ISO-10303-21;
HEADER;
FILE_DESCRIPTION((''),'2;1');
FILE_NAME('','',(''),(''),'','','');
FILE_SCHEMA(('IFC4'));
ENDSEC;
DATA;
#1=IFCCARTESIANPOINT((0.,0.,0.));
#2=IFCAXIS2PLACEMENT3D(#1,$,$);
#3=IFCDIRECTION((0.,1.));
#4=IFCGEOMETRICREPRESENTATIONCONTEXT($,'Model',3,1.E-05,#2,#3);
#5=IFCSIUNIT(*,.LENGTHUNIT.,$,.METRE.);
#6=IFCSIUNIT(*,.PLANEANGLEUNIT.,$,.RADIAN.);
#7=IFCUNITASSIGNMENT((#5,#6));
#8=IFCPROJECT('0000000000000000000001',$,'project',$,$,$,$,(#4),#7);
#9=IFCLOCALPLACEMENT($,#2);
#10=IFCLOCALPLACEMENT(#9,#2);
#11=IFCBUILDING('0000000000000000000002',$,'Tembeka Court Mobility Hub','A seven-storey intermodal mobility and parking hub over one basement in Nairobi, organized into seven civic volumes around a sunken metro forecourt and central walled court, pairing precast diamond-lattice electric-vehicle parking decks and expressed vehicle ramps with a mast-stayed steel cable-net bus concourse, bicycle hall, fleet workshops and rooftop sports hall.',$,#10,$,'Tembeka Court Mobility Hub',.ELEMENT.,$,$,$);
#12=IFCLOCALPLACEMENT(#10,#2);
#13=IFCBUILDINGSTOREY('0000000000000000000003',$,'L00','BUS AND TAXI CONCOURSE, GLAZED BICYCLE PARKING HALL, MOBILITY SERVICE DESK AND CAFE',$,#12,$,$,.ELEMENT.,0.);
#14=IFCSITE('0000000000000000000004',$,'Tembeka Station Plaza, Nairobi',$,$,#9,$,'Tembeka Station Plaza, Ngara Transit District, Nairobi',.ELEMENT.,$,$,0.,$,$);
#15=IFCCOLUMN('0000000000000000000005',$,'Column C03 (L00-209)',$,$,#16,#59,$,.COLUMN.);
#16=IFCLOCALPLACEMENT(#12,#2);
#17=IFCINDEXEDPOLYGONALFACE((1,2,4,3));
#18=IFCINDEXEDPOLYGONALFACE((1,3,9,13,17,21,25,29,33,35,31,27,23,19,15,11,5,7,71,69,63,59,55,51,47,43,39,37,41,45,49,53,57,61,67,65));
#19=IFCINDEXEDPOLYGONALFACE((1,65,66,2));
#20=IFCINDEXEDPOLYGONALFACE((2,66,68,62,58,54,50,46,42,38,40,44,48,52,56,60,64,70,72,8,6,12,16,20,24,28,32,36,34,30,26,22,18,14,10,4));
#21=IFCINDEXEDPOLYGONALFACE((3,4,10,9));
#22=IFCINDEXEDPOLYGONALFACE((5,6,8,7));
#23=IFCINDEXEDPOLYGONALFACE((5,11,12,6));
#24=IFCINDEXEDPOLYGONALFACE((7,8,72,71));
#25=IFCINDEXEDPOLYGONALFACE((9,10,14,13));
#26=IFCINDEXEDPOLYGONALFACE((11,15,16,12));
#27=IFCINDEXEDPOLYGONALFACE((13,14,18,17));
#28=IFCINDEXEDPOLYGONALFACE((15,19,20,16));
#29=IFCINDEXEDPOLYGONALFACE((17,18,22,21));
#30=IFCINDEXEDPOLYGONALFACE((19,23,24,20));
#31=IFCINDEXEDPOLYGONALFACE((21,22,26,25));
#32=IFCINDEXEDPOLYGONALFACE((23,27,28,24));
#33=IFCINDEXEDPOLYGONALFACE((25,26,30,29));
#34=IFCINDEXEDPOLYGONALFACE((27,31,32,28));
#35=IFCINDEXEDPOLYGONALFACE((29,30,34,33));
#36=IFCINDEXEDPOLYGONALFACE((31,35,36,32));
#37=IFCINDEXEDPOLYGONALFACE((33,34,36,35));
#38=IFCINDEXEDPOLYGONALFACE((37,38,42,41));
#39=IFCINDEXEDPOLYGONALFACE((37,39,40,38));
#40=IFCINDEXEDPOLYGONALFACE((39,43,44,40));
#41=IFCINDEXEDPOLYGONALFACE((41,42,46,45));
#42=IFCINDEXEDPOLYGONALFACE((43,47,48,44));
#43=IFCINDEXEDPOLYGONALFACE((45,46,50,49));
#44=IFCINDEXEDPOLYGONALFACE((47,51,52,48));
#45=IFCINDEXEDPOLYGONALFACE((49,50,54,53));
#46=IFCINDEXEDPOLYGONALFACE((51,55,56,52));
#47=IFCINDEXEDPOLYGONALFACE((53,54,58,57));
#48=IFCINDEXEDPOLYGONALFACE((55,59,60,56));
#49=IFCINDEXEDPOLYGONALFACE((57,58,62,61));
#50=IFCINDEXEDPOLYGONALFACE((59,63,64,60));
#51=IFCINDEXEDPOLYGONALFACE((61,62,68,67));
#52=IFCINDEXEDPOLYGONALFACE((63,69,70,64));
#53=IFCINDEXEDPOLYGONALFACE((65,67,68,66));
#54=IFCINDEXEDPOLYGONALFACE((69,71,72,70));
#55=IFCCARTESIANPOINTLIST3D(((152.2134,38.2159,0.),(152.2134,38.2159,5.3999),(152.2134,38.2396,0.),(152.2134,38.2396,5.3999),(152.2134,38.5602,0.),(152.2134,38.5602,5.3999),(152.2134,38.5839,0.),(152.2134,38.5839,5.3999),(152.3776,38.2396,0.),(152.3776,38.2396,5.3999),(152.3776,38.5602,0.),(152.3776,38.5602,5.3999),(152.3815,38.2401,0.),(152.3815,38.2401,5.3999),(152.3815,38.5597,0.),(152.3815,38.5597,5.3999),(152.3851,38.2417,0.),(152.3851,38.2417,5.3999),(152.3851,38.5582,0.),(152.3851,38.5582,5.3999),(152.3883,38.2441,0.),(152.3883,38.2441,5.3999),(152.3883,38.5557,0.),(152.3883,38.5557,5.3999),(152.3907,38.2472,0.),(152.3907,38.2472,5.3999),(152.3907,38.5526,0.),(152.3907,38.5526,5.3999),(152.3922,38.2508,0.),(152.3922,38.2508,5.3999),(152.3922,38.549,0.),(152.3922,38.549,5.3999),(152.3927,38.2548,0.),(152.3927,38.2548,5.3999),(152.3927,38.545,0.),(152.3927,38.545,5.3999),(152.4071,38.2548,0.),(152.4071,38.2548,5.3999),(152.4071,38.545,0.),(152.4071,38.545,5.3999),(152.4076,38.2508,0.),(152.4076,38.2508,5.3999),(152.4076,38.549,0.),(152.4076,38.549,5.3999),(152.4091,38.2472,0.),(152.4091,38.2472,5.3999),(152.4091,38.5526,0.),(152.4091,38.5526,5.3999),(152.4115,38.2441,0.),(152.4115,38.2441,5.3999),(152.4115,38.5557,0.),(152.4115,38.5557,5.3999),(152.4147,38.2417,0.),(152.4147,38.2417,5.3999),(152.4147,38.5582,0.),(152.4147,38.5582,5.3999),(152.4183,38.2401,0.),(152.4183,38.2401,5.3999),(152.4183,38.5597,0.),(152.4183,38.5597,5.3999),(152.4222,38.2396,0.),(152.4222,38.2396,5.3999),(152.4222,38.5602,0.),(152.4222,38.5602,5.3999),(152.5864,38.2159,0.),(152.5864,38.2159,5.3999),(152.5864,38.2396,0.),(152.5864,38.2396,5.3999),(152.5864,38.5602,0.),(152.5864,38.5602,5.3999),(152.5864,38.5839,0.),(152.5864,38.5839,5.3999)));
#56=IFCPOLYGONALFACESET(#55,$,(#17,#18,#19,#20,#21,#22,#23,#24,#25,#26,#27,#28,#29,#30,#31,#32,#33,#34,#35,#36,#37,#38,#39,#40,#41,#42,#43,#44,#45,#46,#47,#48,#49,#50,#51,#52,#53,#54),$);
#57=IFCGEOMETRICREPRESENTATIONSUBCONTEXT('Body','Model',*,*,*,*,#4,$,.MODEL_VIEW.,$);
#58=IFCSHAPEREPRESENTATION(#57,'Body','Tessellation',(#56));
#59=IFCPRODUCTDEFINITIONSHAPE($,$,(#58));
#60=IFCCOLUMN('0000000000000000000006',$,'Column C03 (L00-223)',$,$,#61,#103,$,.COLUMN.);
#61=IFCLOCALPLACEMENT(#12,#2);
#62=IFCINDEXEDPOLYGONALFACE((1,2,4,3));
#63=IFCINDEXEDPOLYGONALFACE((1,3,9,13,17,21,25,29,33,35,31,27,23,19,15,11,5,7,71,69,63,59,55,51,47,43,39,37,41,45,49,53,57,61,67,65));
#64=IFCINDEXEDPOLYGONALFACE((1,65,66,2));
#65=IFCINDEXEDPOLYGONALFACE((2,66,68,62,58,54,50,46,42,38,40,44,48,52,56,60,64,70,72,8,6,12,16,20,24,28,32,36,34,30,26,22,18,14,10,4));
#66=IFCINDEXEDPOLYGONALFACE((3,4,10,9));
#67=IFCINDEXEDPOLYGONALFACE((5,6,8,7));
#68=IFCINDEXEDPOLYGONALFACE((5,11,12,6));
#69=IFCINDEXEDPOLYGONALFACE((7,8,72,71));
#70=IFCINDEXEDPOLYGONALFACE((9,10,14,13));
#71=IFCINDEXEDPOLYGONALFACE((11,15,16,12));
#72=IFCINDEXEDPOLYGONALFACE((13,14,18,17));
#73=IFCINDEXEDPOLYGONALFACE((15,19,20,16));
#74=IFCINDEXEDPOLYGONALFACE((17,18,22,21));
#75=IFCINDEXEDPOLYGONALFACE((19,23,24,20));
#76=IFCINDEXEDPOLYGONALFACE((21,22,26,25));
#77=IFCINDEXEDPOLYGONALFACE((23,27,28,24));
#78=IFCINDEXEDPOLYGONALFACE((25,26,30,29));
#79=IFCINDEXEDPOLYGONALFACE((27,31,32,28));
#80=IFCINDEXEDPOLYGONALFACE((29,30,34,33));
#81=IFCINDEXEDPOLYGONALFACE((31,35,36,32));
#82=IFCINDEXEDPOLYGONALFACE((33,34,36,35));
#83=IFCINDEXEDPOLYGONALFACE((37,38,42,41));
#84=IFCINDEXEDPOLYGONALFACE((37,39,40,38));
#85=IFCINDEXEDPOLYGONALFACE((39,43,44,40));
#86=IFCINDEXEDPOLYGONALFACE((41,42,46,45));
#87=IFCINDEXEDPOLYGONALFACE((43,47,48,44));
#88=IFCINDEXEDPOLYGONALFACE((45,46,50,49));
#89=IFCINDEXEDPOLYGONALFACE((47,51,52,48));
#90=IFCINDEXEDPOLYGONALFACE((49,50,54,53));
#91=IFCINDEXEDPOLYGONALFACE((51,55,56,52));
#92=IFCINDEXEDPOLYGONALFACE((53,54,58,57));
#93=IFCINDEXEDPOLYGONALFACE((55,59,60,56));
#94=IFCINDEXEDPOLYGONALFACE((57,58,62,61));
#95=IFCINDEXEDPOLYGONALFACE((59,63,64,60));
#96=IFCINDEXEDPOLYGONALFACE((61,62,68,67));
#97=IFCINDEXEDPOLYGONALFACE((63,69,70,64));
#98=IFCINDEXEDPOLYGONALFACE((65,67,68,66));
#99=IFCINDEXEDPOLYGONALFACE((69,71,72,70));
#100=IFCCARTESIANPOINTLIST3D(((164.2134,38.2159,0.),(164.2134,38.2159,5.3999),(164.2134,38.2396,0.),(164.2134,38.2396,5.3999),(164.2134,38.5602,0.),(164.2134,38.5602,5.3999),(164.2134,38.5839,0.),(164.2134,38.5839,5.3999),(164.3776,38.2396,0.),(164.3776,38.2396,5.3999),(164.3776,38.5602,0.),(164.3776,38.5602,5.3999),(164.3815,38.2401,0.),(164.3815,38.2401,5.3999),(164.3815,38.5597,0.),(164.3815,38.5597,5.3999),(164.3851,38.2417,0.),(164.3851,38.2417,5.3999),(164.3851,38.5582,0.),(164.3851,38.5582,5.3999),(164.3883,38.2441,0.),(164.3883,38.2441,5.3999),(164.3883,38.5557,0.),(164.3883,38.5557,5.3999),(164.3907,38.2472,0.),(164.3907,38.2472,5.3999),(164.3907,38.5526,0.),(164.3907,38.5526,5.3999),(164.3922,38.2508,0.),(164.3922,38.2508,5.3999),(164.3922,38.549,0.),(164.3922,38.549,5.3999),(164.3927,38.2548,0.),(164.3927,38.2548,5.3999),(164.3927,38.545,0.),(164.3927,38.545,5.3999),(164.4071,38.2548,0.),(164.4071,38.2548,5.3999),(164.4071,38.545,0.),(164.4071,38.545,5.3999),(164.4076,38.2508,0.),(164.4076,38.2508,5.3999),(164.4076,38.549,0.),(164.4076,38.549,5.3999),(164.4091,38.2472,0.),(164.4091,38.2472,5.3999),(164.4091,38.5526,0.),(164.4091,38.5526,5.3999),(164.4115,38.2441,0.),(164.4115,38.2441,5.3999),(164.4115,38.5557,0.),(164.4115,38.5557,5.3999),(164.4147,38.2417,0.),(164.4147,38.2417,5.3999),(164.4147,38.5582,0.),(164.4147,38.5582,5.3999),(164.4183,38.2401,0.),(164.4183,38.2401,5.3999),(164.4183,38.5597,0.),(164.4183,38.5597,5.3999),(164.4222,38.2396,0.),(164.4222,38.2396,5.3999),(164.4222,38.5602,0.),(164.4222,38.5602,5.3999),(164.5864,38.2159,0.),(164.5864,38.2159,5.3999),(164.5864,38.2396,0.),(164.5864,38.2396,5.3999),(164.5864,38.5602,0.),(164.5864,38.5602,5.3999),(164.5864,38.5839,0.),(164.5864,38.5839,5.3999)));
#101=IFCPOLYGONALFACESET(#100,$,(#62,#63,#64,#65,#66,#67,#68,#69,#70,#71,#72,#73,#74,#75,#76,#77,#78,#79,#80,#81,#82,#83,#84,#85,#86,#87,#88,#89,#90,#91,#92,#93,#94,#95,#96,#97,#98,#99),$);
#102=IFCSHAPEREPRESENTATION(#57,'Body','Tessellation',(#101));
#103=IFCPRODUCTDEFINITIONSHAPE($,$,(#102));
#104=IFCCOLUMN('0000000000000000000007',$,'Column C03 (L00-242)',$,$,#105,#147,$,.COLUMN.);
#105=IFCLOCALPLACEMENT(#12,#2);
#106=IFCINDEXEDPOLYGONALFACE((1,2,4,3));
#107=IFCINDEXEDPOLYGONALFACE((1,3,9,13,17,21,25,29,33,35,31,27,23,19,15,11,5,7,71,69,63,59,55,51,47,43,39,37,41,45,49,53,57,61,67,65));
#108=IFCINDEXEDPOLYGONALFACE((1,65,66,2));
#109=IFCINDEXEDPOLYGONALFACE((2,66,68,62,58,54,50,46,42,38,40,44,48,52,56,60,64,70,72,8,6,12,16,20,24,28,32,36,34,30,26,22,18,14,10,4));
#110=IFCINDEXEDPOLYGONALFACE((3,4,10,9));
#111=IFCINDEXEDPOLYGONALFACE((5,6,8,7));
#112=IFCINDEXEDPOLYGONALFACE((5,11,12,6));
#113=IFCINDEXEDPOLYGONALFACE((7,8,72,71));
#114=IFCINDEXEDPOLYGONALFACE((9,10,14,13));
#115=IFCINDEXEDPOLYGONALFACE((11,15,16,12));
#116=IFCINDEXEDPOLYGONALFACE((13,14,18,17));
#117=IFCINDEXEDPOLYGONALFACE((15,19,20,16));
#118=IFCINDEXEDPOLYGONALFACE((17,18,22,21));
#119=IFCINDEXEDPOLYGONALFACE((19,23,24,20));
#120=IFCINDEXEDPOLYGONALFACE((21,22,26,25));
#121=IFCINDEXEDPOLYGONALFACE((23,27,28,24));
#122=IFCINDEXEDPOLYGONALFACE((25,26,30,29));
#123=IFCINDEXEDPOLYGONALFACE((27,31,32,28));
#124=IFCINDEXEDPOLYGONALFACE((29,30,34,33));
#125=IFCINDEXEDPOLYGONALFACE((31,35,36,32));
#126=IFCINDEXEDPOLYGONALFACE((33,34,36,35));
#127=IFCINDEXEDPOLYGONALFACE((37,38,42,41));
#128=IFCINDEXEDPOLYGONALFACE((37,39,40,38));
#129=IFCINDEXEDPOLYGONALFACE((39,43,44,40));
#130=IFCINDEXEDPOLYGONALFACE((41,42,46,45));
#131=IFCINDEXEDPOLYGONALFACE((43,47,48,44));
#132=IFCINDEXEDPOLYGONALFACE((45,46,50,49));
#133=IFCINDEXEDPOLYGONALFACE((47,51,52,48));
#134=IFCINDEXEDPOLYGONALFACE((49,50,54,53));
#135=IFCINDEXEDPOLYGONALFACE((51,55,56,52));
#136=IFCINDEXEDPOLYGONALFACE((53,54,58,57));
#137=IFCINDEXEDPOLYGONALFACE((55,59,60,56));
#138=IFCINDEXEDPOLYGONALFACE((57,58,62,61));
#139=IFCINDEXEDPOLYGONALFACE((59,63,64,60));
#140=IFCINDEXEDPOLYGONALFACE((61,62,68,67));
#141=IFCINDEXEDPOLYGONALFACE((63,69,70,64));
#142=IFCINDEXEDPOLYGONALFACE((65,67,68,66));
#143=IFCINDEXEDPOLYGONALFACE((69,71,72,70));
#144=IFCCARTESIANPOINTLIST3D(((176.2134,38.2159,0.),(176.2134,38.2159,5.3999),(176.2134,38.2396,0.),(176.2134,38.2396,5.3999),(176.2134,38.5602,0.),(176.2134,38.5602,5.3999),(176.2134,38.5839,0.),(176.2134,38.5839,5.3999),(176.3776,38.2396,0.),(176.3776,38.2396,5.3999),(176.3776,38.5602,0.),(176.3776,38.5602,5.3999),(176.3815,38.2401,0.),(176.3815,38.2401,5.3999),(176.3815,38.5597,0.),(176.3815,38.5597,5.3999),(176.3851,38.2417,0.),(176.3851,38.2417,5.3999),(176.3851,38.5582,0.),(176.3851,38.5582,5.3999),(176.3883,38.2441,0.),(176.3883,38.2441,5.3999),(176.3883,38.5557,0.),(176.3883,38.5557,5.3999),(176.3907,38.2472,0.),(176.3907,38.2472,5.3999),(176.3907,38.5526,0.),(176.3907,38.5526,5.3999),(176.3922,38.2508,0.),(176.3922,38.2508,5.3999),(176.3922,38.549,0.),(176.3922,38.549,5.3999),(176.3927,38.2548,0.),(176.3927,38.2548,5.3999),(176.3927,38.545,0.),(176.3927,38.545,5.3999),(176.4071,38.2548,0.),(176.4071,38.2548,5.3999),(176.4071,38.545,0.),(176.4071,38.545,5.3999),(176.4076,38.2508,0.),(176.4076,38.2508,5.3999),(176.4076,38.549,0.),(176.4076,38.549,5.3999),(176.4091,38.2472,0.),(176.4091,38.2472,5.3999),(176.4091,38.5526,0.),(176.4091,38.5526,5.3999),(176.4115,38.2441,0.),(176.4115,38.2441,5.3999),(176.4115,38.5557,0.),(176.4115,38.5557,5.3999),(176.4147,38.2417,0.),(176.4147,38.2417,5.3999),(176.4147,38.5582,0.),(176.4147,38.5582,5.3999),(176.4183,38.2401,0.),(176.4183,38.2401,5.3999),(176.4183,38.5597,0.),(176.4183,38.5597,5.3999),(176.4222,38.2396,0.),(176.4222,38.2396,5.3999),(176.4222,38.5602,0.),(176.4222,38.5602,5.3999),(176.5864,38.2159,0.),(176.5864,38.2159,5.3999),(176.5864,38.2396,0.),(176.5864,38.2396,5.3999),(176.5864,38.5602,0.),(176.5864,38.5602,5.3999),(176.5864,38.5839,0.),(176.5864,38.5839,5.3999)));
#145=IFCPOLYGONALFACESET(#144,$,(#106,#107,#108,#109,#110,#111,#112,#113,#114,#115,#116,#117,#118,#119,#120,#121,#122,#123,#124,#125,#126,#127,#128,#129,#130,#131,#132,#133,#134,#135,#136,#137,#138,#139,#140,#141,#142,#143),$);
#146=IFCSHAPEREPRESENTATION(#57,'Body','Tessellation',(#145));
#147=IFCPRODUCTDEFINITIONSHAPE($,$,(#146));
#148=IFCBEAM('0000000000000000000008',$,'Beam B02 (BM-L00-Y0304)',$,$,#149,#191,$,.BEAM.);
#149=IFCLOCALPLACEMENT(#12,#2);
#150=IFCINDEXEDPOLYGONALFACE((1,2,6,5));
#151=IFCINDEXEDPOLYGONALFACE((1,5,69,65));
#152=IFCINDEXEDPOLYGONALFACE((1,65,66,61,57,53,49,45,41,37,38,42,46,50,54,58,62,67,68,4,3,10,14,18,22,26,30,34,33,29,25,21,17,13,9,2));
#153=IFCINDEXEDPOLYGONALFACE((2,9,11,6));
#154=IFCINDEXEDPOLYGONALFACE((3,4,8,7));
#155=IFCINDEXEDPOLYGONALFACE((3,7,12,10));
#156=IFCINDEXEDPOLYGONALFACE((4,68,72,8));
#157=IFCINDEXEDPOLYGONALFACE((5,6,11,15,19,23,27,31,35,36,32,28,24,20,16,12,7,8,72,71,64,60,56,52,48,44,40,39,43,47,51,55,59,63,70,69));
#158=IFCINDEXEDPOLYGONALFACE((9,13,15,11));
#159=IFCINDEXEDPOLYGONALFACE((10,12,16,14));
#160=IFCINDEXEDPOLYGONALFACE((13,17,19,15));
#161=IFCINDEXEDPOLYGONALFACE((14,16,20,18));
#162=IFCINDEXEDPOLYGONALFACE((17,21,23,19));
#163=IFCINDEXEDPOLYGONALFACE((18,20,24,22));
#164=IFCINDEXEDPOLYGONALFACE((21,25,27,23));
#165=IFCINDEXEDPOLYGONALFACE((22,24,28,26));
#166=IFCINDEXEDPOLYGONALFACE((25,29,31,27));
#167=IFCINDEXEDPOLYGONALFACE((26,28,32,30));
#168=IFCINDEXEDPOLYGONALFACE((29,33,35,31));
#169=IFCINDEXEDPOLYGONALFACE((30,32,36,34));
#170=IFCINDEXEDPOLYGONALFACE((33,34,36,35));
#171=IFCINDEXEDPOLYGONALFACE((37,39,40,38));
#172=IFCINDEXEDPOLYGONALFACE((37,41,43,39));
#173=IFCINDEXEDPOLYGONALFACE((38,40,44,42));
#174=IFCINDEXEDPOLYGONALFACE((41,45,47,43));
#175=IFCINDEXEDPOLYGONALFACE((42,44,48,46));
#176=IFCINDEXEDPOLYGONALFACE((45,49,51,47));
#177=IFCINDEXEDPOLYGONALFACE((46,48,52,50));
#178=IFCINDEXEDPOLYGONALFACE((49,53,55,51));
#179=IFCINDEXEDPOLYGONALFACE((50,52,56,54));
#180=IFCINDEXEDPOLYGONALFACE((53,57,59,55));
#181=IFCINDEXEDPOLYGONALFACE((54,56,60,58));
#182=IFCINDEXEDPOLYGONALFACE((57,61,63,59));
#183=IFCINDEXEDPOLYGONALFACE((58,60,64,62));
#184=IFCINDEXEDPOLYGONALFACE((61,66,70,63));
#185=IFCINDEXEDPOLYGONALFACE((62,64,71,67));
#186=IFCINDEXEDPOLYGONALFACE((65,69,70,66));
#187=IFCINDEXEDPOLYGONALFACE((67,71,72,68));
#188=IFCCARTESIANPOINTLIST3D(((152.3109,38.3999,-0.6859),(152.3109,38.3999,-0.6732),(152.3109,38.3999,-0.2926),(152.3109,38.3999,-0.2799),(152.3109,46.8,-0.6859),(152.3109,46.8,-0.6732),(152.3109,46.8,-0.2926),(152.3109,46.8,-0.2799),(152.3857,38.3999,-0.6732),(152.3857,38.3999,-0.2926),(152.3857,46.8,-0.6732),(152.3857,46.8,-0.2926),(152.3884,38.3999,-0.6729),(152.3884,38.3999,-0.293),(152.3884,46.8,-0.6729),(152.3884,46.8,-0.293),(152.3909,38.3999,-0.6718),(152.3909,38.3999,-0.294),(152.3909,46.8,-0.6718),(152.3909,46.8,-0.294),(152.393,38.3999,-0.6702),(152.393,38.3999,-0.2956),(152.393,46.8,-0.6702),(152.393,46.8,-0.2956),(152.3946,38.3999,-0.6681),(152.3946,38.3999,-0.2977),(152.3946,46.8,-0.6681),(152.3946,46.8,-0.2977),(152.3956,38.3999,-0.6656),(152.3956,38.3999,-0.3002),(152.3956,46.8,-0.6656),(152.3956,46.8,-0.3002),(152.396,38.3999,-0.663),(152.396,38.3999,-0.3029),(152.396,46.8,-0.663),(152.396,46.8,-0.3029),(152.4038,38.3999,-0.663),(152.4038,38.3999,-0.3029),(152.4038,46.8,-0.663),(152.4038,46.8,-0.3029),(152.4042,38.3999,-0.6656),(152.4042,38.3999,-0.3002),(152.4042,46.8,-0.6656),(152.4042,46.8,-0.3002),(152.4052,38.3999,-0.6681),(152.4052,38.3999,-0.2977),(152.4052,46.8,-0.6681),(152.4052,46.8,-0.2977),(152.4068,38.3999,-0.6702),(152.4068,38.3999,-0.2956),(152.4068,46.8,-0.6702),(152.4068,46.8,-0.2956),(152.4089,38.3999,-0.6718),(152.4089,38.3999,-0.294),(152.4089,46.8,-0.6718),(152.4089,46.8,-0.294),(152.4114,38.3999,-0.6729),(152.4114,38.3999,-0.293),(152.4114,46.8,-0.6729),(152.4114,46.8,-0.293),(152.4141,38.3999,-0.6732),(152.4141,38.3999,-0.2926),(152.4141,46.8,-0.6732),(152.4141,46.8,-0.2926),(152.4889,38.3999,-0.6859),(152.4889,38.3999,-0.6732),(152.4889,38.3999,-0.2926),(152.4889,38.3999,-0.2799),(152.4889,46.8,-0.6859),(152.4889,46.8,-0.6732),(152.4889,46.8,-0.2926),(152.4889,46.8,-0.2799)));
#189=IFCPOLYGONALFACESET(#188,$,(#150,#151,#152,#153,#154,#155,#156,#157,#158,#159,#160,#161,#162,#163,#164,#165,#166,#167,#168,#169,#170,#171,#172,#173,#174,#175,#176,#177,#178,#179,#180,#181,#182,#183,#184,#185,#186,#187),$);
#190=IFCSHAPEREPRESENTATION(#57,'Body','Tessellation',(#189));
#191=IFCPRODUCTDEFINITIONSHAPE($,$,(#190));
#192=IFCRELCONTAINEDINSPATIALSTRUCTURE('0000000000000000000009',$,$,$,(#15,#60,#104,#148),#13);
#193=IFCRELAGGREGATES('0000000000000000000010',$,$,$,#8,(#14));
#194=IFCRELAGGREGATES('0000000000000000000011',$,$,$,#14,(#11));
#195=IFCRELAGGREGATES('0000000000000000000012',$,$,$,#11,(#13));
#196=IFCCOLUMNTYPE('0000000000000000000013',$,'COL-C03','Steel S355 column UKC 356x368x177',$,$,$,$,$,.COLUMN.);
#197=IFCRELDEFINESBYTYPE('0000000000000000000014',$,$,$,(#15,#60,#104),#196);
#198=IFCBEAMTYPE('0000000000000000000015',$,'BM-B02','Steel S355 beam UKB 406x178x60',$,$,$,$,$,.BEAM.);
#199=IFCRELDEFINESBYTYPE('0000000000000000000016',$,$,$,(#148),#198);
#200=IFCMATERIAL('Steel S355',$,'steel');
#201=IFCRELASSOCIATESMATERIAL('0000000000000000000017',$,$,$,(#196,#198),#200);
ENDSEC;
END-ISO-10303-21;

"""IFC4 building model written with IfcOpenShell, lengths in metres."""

from ifc_helpers import new_model, si_unit, direction, frame, origin, origin_2d, place, context, subcontext, project, spatial, i_section, extrude, material, material_profile, profile_set, type_object, element, save


model = new_model("IFC4")

# Units and contexts
model_context = context("Model", 3, precision=1e-05, world=origin(), true_north=direction((0.0, 1.0)))
body_context = subcontext(model_context, "Body", "Model", "MODEL_VIEW")
ifc_project = project(units=[si_unit("LENGTHUNIT", "METRE"), si_unit("PLANEANGLEUNIT", "RADIAN")], contexts=[model_context])

# Site, building, storey
site_placement = place(None, origin())
site = spatial("IfcSite", under=ifc_project, at=site_placement, Name="Tembeka Station Plaza, Nairobi", LongName="Tembeka Station Plaza, Ngara Transit District, Nairobi", CompositionType="ELEMENT", RefElevation=0.0)
building_placement = place(site_placement, origin())
building = spatial("IfcBuilding", under=site, at=building_placement, Name="Tembeka Court Mobility Hub", Description="A seven-storey intermodal mobility and parking hub over one basement in Nairobi, organized into seven civic volumes around a sunken metro forecourt and central walled court, pairing precast diamond-lattice electric-vehicle parking decks and expressed vehicle ramps with a mast-stayed steel cable-net bus concourse, bicycle hall, fleet workshops and rooftop sports hall.", LongName="Tembeka Court Mobility Hub", CompositionType="ELEMENT")
storey_placement = place(building_placement, origin())
storey = spatial("IfcBuildingStorey", under=building, at=storey_placement, Name="L00", Description="BUS AND TAXI CONCOURSE, GLAZED BICYCLE PARKING HALL, MOBILITY SERVICE DESK AND CAFE", CompositionType="ELEMENT", Elevation=0.0)

# Columns
ifc_material_1 = material(Name="Steel S355", Category="steel")
ifc_material_profile_1 = material_profile(ifc_material_1, i_section(OverallWidth=0.373, OverallDepth=0.3679, WebThickness=0.0144, FlangeThickness=0.0237, FilletRadius=0.0151, at=origin_2d()), Name="UKC 356x368x177")
ifc_profile_set_1 = profile_set([ifc_material_profile_1], Name="Steel S355")
column_type = type_object("IfcColumnType", Name="COL-C03", Description="Steel S355 column UKC 356x368x177", PredefinedType="COLUMN", material=ifc_profile_set_1)
for number, where, z_axis, x_axis, name in (
    (1, (152.3999, 38.3999, 0.0), (0.0, 0.0, 1.0), (1.0, 0.0, 0.0), "Column C03 (L00-209)"),
    (2, (164.3999, 38.3999, 0.0), (0.0, 0.0, 1.0), (1.0, 0.0, 0.0), "Column C03 (L00-223)"),
    (3, (176.3999, 38.3999, 0.0), (0.0, 0.0, 1.0), (1.0, 0.0, 0.0), "Column C03 (L00-242)"),
):
    element("IfcColumn", number, at=place(storey_placement, frame(where, z_axis=z_axis, x_axis=x_axis)), inside=storey, type_object=column_type, Name=name, PredefinedType="COLUMN", context=body_context, shape_type="SweptSolid", body=[
        extrude(i_section(OverallWidth=0.373, OverallDepth=0.3679, WebThickness=0.0144, FlangeThickness=0.0237, FilletRadius=0.0151, at=origin_2d()), origin(), (0.0, 0.0, 1.0), 5.3999),
    ])

# Beam
ifc_material_profile_2 = material_profile(ifc_material_1, i_section(OverallWidth=0.178, OverallDepth=0.406, WebThickness=0.0078, FlangeThickness=0.0127, FilletRadius=0.0103, at=origin_2d()), Name="UKB 406x178x60")
ifc_profile_set_2 = profile_set([ifc_material_profile_2], Name="Steel S355")
beam_type_1 = type_object("IfcBeamType", Name="BM-B02", Description="Steel S355 beam UKB 406x178x60", PredefinedType="BEAM", material=ifc_profile_set_2)
for number, where, z_axis, x_axis, name in (
    (4, (152.3999, 38.3999, -0.4829), (0.0, 1.0, 0.0), (-1.0, 0.0, 0.0), "Beam B02 (BM-L00-Y0304)"),
):
    element("IfcBeam", number, at=place(storey_placement, frame(where, z_axis=z_axis, x_axis=x_axis)), inside=storey, type_object=beam_type_1, Name=name, PredefinedType="BEAM", context=body_context, shape_type="SweptSolid", body=[
        extrude(i_section(OverallWidth=0.178, OverallDepth=0.406, WebThickness=0.0078, FlangeThickness=0.0127, FilletRadius=0.0103, at=origin_2d()), origin(), (0.0, 0.0, 1.0), 8.4001),
    ])

save(model, "model.ifc")
